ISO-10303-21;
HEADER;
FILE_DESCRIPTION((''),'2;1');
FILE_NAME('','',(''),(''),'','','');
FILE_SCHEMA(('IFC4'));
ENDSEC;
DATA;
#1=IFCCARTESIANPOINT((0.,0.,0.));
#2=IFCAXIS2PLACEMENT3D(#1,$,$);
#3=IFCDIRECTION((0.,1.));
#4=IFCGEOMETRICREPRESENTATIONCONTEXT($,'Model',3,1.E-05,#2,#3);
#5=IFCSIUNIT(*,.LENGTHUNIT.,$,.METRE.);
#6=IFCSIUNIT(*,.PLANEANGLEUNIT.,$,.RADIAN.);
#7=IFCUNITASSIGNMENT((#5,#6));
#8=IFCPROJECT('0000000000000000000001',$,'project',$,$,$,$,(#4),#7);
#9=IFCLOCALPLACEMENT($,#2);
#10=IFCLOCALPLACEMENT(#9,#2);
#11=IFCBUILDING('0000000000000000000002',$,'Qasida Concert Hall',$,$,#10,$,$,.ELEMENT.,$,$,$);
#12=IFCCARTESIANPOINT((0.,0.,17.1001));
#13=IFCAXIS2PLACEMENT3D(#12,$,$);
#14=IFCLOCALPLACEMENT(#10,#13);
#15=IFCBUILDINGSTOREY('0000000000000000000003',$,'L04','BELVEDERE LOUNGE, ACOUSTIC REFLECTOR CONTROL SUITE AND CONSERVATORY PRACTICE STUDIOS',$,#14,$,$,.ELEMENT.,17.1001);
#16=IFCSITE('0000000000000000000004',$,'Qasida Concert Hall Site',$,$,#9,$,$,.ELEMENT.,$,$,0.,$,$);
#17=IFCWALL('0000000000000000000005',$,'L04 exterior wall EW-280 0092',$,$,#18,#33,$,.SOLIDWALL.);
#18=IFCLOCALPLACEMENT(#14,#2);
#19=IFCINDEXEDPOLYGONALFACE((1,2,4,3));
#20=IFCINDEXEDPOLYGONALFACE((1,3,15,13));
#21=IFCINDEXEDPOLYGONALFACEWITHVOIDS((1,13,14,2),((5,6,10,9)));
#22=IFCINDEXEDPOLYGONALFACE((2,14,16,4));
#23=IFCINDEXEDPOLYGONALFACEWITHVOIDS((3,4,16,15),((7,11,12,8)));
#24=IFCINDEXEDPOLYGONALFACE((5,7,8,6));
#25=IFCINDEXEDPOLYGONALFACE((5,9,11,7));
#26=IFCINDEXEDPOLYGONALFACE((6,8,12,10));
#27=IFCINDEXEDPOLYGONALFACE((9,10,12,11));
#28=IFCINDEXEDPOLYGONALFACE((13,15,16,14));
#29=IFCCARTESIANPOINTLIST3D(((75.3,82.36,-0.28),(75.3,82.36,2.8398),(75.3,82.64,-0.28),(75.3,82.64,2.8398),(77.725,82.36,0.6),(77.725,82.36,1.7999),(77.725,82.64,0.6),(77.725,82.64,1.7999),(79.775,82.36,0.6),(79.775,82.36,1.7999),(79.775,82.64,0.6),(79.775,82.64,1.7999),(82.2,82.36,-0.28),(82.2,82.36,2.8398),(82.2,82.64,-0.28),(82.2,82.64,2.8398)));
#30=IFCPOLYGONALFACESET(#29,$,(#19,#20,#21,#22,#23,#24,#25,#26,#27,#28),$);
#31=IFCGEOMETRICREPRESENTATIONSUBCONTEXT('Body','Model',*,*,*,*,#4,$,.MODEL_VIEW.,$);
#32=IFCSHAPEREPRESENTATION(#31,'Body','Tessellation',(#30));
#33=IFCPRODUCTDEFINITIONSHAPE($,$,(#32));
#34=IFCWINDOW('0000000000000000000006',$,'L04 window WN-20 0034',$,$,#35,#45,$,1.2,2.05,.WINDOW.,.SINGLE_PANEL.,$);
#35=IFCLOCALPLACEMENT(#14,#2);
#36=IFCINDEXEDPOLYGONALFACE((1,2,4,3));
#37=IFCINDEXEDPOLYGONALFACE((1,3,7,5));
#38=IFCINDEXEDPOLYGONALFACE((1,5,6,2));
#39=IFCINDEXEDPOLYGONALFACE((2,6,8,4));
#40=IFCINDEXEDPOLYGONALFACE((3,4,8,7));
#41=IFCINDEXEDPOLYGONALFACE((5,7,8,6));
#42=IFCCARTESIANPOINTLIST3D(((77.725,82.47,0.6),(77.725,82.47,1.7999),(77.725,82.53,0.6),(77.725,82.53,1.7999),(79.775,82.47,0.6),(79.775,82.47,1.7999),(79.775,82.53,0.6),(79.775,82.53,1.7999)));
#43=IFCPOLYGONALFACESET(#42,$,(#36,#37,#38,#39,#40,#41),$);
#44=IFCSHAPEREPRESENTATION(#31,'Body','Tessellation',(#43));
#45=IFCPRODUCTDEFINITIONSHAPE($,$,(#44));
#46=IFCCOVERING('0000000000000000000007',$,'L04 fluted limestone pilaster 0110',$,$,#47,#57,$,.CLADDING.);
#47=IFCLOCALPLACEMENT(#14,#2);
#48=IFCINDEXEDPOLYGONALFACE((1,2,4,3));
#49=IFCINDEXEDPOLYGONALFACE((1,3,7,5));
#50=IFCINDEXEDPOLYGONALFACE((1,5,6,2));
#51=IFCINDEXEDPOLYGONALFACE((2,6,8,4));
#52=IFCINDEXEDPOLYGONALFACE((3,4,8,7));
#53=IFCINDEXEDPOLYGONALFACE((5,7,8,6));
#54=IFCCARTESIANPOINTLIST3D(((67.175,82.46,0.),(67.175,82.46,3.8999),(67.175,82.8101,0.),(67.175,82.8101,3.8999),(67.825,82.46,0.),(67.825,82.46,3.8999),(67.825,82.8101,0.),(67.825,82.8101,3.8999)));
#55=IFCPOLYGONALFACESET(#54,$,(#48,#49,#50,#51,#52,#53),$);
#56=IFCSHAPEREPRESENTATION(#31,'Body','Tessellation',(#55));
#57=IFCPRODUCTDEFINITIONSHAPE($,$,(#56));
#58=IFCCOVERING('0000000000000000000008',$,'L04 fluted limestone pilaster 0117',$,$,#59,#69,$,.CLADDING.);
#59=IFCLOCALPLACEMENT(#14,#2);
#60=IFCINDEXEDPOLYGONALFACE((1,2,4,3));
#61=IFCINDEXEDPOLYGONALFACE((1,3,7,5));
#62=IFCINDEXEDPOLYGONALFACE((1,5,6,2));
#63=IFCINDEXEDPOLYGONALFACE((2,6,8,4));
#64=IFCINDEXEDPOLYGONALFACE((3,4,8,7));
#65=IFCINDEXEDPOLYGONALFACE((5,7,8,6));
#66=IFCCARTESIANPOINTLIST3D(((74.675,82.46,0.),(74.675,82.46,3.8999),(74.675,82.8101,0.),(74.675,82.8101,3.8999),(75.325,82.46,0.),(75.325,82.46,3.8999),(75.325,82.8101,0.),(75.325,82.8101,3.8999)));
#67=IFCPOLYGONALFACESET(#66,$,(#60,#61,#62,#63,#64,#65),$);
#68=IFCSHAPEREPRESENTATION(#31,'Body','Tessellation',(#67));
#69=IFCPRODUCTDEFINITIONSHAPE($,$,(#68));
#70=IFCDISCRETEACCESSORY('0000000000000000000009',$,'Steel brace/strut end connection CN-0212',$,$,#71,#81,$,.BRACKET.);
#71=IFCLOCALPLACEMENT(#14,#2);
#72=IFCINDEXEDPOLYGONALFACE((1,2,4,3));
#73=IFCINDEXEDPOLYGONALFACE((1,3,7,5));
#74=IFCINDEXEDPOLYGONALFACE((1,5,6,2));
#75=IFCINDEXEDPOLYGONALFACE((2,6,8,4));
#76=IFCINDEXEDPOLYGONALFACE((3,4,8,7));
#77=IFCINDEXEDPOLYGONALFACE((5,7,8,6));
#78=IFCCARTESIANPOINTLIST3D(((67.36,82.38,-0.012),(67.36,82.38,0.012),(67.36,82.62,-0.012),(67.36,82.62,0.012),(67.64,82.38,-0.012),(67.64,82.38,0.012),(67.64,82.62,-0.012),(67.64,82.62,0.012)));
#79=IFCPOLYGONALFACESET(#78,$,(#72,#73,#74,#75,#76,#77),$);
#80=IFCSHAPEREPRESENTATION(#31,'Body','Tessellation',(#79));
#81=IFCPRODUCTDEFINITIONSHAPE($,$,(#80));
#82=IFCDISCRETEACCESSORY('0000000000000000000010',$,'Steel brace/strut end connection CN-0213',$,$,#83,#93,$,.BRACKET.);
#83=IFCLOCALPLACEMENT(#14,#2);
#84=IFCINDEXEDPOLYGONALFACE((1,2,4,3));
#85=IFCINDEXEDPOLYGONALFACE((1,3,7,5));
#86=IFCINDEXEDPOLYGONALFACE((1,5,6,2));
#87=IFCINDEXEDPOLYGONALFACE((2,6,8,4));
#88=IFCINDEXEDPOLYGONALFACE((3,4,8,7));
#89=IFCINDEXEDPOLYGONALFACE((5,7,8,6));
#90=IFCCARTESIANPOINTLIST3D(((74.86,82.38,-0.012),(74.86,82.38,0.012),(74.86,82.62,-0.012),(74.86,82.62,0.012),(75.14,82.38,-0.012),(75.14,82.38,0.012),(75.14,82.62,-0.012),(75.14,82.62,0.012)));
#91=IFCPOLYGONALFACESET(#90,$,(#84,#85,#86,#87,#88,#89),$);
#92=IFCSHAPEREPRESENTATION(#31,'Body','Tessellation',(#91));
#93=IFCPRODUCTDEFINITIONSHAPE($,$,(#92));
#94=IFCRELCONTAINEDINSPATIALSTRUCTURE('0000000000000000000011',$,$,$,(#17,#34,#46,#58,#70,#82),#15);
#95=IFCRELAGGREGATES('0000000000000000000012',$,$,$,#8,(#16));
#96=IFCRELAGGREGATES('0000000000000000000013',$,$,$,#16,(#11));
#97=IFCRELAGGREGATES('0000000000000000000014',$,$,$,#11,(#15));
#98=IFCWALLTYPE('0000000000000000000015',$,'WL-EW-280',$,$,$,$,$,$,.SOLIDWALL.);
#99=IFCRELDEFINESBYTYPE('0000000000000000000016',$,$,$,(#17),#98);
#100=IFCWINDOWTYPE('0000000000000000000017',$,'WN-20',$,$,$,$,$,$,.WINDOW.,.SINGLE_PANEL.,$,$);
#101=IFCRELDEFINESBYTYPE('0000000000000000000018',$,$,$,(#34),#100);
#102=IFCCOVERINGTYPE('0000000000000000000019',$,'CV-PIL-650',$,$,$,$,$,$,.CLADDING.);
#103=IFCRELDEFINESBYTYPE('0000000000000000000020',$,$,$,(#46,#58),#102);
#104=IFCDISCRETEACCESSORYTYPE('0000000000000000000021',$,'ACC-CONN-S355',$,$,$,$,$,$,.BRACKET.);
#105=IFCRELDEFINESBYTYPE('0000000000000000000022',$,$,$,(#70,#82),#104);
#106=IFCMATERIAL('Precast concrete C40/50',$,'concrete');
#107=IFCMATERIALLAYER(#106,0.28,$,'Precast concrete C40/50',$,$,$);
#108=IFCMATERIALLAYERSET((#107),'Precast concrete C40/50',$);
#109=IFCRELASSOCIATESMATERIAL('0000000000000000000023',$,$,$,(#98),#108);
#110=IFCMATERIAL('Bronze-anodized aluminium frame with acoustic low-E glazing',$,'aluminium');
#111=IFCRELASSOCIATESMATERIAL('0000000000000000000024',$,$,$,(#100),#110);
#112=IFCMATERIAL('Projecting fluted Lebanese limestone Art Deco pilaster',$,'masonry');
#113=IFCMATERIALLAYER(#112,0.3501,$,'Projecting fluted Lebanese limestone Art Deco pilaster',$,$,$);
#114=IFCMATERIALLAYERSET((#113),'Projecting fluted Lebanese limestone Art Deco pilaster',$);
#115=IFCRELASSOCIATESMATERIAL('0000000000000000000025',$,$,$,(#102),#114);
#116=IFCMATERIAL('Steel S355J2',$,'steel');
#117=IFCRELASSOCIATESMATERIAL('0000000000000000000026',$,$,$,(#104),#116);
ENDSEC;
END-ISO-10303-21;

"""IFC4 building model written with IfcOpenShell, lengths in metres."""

from ifc_helpers import new_model, si_unit, direction, frame, frame_2d, origin, origin_2d, place, context, subcontext, project, spatial, rectangle, extrude, material, layer, layer_set, type_object, element, fill, save


model = new_model("IFC4")

# Units and contexts
model_context = context("Model", 3, precision=1e-05, world=origin(), true_north=direction((0.0, 1.0)))
body_context = subcontext(model_context, "Body", "Model", "MODEL_VIEW")
ifc_project = project(units=[si_unit("LENGTHUNIT", "METRE"), si_unit("PLANEANGLEUNIT", "RADIAN")], contexts=[model_context])

# Site, building, storey
site_placement = place(None, origin())
site = spatial("IfcSite", under=ifc_project, at=site_placement, Name="Qasida Concert Hall Site", CompositionType="ELEMENT", RefElevation=0.0)
building_placement = place(site_placement, origin())
building = spatial("IfcBuilding", under=site, at=building_placement, Name="Qasida Concert Hall", CompositionType="ELEMENT")
storey_placement = place(building_placement, frame((0.0, 0.0, 17.1001)))
storey = spatial("IfcBuildingStorey", under=building, at=storey_placement, Name="L04", Description="BELVEDERE LOUNGE, ACOUSTIC REFLECTOR CONTROL SUITE AND CONSERVATORY PRACTICE STUDIOS", CompositionType="ELEMENT", Elevation=17.1001)

# Shared definitions
ifc_material_1 = material(Name="Steel S355J2", Category="steel")

# Shared definitions
ifc_material_2 = material(Name="Precast concrete C40/50", Category="concrete")
ifc_layer_1 = layer(ifc_material_2, 0.28, Name="Precast concrete C40/50")
ifc_layer_set_1 = layer_set([ifc_layer_1], Name="Precast concrete C40/50")
wall_type = type_object("IfcWallType", Name="WL-EW-280", PredefinedType="SOLIDWALL", material=ifc_layer_set_1)
ifc_material_3 = material(Name="Bronze-anodized aluminium frame with acoustic low-E glazing", Category="aluminium")

# Wall, opening, window
wall_1_placement = place(storey_placement, frame((75.3, 82.5, -0.28), z_axis=(0.0, 0.0, 1.0), x_axis=(1.0, 0.0, 0.0)))
wall_1 = element("IfcWall", 1, at=wall_1_placement, inside=storey, type_object=wall_type, Name="L04 exterior wall EW-280 0092", PredefinedType="SOLIDWALL", context=body_context, shape_type="SweptSolid", body=[
    extrude(rectangle(XDim=6.8999, YDim=0.28, at=frame_2d((3.45, 0.0))), origin(), (0.0, 0.0, 1.0), 3.1199),
])
opening_1_placement = place(wall_1_placement, frame((2.425, 0.0, 0.8799)))
opening_1 = element("IfcOpeningElement", 2, at=opening_1_placement, cuts=wall_1, PredefinedType="OPENING", context=body_context, shape_type="SweptSolid", body=[
    extrude(rectangle(XDim=2.05, YDim=1.2, at=frame_2d((1.0249, 0.6001))), frame((0.0, 0.1499, 0.0), z_axis=(0.0, -1.0, 0.0), x_axis=(1.0, 0.0, 0.0)), (0.0, 0.0, 1.0), 0.3),
])
window_type_1 = type_object("IfcWindowType", Name="WN-20", PartitioningType="SINGLE_PANEL", PredefinedType="WINDOW", material=ifc_material_3)
window_1_placement = place(opening_1_placement, origin())
window_1 = element("IfcWindow", 3, at=window_1_placement, inside=storey, type_object=window_type_1, Name="L04 window WN-20 0034", OverallHeight=1.2, OverallWidth=2.05, PartitioningType="SINGLE_PANEL", PredefinedType="WINDOW", context=body_context, shape_type="SweptSolid", body=[
    extrude(rectangle(XDim=2.05, YDim=1.2, at=frame_2d((1.0249, 0.6001))), frame((0.0, 0.03, 0.0), z_axis=(0.0, -1.0, 0.0), x_axis=(1.0, 0.0, 0.0)), (0.0, 0.0, 1.0), 0.0601),
])
fill(opening_1, window_1)

# Coverings
ifc_material_4 = material(Name="Projecting fluted Lebanese limestone Art Deco pilaster", Category="masonry")
ifc_layer_2 = layer(ifc_material_4, 0.3501, Name="Projecting fluted Lebanese limestone Art Deco pilaster")
ifc_layer_set_2 = layer_set([ifc_layer_2], Name="Projecting fluted Lebanese limestone Art Deco pilaster")
covering_type = type_object("IfcCoveringType", Name="CV-PIL-650", PredefinedType="CLADDING", material=ifc_layer_set_2)
for number, where, z_axis, x_axis, name in (
    (4, (67.5, 82.635, 0.0), (0.0, 0.0, 1.0), (1.0, 0.0, 0.0), "L04 fluted limestone pilaster 0110"),
    (5, (75.0, 82.635, 0.0), (0.0, 0.0, 1.0), (1.0, 0.0, 0.0), "L04 fluted limestone pilaster 0117"),
):
    element("IfcCovering", number, at=place(storey_placement, frame(where, z_axis=z_axis, x_axis=x_axis)), inside=storey, type_object=covering_type, Name=name, PredefinedType="CLADDING", context=body_context, shape_type="SweptSolid", body=[
        extrude(rectangle(XDim=0.6499, YDim=0.3501, at=origin_2d()), origin(), (0.0, 0.0, 1.0), 3.8999),
    ])

# Discrete accessories
discrete_accessory_type = type_object("IfcDiscreteAccessoryType", Name="ACC-CONN-S355", PredefinedType="BRACKET", material=ifc_material_1)
for number, where, z_axis, x_axis, name in (
    (6, (67.5, 82.5, -0.012), (0.0, 0.0, 1.0), (1.0, 0.0, 0.0), "Steel brace/strut end connection CN-0212"),
    (7, (75.0, 82.5, -0.012), (0.0, 0.0, 1.0), (1.0, 0.0, 0.0), "Steel brace/strut end connection CN-0213"),
):
    element("IfcDiscreteAccessory", number, at=place(storey_placement, frame(where, z_axis=z_axis, x_axis=x_axis)), inside=storey, type_object=discrete_accessory_type, Name=name, PredefinedType="BRACKET", context=body_context, shape_type="SweptSolid", body=[
        extrude(rectangle(XDim=0.28, YDim=0.24, at=origin_2d()), origin(), (0.0, 0.0, 1.0), 0.0239),
    ])

save(model, "model.ifc")
